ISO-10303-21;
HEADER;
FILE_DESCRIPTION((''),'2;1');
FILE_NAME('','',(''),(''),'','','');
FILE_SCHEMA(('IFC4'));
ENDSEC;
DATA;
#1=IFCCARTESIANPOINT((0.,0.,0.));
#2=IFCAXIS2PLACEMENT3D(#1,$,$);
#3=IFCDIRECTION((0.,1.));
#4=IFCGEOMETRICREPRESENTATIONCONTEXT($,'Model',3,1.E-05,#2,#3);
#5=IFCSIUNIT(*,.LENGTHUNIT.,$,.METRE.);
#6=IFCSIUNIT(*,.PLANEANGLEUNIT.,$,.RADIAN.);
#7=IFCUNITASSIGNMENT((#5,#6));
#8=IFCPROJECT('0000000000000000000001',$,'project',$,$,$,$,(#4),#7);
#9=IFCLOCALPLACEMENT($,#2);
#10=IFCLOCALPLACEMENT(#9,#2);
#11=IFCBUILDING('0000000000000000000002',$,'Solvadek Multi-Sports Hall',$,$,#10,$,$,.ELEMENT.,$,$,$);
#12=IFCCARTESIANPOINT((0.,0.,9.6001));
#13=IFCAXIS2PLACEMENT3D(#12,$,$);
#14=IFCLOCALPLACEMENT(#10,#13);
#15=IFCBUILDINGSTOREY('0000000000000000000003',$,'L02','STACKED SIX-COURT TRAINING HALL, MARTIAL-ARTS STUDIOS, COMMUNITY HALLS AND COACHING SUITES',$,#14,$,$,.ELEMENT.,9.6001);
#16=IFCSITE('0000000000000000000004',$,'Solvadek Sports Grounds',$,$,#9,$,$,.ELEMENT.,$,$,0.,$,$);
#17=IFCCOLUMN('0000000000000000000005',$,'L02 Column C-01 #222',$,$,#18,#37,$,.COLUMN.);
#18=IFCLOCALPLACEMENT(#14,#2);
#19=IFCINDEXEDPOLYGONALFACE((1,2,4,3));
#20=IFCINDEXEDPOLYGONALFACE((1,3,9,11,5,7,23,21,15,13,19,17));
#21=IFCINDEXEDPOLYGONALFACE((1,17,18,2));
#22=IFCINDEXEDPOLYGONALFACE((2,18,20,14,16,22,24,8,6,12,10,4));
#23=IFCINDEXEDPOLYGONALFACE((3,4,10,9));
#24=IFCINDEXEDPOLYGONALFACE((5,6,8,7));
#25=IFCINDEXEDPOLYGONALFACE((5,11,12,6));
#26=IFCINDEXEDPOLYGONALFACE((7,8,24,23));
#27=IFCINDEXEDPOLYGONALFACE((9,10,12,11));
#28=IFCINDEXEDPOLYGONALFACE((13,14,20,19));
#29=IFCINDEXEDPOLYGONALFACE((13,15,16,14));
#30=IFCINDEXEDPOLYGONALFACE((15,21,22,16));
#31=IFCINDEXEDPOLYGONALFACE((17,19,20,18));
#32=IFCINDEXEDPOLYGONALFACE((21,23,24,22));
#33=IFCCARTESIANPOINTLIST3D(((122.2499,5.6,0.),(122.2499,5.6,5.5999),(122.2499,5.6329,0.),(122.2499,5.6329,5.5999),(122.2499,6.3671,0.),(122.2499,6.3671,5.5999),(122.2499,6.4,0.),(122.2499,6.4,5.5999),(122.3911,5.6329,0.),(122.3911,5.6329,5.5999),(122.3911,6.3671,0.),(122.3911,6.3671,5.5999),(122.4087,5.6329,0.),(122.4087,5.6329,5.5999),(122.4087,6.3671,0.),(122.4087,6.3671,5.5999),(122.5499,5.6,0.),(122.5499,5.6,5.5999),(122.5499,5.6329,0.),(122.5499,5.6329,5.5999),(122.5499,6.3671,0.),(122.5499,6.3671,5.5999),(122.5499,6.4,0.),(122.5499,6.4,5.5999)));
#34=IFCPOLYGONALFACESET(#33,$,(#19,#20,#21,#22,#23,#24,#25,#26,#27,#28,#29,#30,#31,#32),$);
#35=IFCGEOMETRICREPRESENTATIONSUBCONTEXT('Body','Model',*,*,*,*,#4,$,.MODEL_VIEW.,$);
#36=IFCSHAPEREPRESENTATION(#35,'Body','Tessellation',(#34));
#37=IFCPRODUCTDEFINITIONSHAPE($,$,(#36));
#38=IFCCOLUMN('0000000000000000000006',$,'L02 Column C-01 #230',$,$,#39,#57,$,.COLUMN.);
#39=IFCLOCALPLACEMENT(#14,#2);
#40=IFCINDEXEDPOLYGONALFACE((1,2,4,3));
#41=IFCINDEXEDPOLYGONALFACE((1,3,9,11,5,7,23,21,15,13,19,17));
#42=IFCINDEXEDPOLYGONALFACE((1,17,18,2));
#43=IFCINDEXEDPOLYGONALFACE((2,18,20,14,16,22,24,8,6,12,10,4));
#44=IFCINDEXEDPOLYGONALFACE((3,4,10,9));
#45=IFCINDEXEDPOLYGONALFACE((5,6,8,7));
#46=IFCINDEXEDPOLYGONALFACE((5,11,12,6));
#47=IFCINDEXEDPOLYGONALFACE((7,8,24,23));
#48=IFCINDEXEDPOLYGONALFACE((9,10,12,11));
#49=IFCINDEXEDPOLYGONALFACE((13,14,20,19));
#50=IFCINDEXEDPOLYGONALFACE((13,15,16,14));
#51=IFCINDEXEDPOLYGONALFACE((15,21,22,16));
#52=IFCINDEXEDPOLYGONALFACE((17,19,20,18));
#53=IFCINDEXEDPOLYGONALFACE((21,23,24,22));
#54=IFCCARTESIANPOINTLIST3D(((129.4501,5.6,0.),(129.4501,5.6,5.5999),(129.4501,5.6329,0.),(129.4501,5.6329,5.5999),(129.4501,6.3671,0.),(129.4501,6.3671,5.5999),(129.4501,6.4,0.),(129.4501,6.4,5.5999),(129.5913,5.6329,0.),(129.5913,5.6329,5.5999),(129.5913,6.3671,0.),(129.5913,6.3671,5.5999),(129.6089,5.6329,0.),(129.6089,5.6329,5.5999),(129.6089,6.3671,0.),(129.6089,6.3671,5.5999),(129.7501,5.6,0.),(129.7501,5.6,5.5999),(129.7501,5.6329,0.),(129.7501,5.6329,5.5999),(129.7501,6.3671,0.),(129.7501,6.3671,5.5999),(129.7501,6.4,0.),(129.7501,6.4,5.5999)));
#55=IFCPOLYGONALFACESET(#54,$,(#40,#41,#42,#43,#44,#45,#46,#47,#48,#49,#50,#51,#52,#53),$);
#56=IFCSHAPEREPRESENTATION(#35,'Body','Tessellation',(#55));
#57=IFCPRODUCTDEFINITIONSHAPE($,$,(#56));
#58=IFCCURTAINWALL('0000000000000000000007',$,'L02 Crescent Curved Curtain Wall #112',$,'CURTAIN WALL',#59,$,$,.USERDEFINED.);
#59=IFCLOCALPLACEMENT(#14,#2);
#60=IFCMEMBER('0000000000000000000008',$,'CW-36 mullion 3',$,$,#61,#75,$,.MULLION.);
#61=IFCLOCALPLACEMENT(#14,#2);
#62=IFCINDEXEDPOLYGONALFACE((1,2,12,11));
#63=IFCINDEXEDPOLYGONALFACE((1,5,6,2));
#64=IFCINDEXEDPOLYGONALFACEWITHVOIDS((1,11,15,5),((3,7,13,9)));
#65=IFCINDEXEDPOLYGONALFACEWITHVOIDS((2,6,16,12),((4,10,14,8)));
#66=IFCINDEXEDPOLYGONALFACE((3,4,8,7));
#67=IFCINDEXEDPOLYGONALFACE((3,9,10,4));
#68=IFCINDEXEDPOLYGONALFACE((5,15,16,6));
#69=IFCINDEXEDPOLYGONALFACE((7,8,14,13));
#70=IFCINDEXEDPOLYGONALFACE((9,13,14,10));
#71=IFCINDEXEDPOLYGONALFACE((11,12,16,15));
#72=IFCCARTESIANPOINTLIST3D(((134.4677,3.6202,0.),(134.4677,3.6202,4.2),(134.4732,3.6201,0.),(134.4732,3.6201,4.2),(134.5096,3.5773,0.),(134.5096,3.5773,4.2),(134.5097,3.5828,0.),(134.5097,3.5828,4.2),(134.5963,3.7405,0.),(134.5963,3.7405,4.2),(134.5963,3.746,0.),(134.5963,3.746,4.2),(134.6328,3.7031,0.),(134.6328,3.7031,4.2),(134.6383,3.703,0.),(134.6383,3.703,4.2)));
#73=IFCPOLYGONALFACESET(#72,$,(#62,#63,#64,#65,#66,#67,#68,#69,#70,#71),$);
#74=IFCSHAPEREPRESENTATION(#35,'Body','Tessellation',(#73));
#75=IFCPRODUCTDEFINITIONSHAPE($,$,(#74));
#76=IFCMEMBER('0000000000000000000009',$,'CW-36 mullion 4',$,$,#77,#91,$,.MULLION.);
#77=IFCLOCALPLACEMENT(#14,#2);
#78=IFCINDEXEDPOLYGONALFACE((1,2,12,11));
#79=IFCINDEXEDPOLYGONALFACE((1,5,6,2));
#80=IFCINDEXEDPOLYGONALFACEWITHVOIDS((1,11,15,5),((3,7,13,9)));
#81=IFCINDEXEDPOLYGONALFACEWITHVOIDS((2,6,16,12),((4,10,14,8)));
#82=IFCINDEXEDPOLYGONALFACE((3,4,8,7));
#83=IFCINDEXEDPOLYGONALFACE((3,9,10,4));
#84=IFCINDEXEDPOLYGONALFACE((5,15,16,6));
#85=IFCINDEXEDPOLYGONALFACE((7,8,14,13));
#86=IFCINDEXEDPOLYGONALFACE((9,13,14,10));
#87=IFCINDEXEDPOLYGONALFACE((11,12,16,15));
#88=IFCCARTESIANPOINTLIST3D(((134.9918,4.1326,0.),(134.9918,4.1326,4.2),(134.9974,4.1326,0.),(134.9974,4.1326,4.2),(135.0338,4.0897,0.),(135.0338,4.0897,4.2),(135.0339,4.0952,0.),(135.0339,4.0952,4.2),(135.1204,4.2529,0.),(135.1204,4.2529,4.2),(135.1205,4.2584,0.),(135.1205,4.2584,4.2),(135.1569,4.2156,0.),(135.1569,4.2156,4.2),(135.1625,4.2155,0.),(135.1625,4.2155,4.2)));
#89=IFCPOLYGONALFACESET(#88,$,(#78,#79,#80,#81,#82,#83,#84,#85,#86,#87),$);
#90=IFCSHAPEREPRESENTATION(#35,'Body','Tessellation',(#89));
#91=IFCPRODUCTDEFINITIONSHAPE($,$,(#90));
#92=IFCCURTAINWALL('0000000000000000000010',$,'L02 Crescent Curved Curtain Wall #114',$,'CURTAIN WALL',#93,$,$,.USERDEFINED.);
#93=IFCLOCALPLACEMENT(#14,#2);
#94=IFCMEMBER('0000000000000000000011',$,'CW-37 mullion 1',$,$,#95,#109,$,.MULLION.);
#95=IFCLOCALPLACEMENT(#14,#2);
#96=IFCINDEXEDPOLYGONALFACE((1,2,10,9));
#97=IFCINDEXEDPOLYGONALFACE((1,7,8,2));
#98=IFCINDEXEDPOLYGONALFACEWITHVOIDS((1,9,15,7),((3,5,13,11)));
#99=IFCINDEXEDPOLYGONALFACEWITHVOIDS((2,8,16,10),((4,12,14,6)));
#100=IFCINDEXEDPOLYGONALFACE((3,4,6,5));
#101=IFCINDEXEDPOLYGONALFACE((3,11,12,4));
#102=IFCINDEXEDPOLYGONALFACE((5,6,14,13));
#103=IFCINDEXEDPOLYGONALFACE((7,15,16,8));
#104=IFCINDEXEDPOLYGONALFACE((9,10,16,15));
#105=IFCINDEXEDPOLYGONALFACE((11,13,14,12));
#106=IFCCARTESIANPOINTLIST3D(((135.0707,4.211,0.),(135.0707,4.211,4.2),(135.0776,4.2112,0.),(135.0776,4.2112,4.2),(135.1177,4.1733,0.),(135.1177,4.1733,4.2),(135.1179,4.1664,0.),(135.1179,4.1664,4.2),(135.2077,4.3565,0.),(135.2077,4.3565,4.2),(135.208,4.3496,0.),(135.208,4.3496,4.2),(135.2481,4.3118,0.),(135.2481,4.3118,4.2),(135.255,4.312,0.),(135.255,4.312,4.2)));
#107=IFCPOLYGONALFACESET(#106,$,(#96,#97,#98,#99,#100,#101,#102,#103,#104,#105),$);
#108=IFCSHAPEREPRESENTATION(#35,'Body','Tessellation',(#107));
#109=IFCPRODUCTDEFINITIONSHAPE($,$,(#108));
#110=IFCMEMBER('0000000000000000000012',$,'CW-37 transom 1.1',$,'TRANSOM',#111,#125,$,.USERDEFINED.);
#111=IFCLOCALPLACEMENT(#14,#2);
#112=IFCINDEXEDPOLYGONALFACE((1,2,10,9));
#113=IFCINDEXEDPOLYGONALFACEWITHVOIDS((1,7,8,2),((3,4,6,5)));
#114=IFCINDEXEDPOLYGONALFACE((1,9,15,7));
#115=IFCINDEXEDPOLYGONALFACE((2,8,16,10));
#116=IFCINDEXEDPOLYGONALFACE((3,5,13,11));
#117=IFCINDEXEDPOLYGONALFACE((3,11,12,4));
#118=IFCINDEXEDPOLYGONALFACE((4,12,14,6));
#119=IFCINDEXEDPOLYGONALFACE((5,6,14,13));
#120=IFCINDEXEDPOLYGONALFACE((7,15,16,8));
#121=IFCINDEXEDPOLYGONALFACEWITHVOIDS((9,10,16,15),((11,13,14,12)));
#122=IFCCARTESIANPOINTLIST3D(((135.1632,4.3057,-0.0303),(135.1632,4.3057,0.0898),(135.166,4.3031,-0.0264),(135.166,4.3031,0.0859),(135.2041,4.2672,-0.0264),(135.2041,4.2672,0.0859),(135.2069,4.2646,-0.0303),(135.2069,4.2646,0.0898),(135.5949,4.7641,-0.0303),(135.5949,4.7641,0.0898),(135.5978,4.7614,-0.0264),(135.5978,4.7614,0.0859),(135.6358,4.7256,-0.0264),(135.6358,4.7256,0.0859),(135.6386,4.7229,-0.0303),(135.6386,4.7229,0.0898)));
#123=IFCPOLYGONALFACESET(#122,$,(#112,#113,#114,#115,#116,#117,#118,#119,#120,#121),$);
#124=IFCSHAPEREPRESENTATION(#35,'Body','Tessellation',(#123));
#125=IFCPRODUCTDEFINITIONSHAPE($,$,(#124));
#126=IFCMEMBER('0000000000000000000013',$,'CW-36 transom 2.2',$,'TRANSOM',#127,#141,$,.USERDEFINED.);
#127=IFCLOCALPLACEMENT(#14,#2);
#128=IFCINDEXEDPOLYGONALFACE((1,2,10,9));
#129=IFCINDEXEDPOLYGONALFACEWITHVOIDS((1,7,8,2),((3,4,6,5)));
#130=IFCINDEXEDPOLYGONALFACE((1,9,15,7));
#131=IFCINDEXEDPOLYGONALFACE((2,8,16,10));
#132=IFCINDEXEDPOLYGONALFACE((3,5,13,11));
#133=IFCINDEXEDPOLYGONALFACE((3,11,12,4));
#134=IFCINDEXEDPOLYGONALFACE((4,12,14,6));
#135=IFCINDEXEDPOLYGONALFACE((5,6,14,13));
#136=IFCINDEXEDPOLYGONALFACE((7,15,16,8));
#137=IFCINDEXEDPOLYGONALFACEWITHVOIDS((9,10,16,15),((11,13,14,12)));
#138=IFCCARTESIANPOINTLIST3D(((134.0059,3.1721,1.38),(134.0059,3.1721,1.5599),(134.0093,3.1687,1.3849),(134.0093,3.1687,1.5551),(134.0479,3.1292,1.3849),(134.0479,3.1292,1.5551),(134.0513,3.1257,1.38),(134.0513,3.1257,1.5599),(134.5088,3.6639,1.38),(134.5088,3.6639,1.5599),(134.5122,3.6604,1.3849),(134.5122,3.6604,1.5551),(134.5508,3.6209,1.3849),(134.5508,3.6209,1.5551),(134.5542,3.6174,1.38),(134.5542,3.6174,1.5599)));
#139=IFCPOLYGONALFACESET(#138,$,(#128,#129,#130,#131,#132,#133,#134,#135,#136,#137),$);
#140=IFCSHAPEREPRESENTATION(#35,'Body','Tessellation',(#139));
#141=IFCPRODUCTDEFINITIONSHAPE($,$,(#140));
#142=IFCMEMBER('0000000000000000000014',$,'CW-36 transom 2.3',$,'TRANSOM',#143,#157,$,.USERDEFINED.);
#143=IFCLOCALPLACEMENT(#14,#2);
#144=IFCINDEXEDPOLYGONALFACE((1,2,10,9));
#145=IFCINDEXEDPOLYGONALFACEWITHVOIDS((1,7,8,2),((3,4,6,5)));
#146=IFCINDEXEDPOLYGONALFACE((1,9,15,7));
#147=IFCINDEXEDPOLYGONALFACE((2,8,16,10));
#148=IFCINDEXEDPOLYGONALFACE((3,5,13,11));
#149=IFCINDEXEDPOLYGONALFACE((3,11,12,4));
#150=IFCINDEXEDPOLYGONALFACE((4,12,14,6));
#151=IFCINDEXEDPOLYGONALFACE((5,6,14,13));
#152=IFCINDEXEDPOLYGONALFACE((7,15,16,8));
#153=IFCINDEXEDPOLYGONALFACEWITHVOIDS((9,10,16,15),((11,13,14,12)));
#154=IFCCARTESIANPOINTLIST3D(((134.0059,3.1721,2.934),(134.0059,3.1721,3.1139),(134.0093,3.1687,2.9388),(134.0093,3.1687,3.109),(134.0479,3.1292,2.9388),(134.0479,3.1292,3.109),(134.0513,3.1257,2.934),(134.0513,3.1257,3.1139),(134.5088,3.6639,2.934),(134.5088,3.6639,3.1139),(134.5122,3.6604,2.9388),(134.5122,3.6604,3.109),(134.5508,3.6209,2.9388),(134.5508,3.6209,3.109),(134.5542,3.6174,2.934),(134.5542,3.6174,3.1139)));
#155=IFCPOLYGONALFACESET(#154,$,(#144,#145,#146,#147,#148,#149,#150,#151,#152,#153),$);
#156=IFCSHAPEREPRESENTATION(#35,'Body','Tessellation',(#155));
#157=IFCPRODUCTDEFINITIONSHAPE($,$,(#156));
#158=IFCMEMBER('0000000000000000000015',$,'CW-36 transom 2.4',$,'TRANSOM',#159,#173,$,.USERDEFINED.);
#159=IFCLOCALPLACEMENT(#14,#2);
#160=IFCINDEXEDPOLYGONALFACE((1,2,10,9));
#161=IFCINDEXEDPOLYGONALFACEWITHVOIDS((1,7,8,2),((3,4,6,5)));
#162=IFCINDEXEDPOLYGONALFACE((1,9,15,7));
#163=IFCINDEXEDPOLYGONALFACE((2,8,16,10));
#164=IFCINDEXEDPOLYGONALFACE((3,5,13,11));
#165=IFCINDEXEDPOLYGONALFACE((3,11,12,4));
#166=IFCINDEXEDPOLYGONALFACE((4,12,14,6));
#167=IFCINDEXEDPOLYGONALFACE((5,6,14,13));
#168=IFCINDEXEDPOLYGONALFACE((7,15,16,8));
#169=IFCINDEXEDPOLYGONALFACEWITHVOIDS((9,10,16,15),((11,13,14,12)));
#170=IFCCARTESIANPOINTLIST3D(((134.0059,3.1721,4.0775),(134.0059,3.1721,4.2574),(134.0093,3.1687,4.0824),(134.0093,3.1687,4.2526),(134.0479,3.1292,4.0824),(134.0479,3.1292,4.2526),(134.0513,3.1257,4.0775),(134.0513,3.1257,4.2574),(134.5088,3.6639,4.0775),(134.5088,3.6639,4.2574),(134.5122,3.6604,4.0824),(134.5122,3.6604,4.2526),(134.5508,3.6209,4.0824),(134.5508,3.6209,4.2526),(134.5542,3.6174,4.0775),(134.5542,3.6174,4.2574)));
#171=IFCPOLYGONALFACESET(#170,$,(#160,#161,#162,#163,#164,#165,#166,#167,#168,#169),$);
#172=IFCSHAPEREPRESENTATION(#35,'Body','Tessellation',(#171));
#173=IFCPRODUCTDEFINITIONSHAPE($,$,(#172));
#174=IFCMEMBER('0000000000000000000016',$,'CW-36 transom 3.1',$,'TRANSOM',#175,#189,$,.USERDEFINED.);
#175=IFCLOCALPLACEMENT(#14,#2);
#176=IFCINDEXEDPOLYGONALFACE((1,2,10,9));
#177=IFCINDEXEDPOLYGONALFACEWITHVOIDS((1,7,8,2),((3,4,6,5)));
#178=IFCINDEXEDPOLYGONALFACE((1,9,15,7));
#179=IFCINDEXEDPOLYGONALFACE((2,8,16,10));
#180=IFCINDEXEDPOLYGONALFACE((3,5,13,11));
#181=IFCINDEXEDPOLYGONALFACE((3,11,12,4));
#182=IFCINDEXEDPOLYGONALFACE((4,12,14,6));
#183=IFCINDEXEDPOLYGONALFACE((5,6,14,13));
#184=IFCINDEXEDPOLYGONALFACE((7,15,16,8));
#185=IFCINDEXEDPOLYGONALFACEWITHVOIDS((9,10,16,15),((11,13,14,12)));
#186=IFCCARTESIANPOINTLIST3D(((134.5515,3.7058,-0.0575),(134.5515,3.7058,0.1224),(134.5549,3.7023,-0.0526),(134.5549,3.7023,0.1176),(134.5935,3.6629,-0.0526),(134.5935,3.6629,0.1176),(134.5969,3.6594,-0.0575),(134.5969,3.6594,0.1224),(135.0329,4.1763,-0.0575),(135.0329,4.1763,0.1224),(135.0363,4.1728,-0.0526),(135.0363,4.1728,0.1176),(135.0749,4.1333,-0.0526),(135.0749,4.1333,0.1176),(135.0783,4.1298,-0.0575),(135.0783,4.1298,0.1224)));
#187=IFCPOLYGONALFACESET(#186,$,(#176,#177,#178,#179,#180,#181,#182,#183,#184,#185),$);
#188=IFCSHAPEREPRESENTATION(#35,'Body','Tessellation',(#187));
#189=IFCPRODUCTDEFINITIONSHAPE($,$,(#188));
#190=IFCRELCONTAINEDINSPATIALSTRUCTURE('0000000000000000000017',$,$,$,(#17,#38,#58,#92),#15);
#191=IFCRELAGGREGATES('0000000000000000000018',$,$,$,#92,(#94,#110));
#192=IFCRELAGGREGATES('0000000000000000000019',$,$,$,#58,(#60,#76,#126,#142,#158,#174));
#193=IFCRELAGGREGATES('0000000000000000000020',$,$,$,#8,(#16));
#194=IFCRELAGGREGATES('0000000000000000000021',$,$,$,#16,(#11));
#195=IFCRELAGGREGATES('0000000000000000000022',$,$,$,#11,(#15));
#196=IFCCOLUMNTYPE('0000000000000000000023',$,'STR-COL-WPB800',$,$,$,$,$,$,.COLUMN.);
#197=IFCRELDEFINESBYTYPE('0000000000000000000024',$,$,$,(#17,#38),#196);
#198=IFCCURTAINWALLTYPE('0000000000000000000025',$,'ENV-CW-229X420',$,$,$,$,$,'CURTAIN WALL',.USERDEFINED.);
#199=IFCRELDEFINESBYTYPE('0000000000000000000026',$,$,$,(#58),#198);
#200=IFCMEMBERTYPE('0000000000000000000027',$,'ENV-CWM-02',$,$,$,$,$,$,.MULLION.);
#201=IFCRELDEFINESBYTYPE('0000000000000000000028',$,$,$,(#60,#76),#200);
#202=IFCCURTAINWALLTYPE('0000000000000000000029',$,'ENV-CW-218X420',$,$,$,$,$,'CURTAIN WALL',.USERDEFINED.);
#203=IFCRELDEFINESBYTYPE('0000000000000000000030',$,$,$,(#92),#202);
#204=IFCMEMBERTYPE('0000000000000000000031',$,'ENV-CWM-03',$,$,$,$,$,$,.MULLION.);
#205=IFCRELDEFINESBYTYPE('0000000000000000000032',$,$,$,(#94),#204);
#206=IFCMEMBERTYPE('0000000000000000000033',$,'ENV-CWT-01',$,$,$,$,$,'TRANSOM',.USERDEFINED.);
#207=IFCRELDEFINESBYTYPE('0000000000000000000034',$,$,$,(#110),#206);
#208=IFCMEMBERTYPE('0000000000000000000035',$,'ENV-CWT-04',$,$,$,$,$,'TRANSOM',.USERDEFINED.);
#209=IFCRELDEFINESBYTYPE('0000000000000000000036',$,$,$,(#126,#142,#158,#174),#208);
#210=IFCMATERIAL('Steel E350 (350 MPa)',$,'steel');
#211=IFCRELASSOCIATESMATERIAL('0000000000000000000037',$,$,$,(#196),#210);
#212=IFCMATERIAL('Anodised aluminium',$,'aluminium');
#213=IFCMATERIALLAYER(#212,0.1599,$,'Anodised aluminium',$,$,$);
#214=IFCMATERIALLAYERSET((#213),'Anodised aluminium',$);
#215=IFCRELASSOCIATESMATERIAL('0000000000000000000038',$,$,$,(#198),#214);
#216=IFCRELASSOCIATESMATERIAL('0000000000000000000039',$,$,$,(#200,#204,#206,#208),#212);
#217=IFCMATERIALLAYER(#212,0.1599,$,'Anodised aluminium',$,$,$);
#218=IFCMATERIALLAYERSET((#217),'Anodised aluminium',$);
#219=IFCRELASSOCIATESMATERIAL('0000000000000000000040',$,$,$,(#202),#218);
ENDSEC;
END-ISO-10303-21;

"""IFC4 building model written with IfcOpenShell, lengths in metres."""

from ifc_helpers import new_model, si_unit, direction, frame, origin, origin_2d, place, context, subcontext, project, spatial, hollow_rectangle, i_section, extrude, material, layer, layer_set, material_profile, profile_set, type_object, element, aggregate, save


model = new_model("IFC4")

# Units and contexts
model_context = context("Model", 3, precision=1e-05, world=origin(), true_north=direction((0.0, 1.0)))
body_context = subcontext(model_context, "Body", "Model", "MODEL_VIEW")
ifc_project = project(units=[si_unit("LENGTHUNIT", "METRE"), si_unit("PLANEANGLEUNIT", "RADIAN")], contexts=[model_context])

# Site, building, storey
site_placement = place(None, origin())
site = spatial("IfcSite", under=ifc_project, at=site_placement, Name="Solvadek Sports Grounds", CompositionType="ELEMENT", RefElevation=0.0)
building_placement = place(site_placement, origin())
building = spatial("IfcBuilding", under=site, at=building_placement, Name="Solvadek Multi-Sports Hall", CompositionType="ELEMENT")
storey_placement = place(building_placement, frame((0.0, 0.0, 9.6001)))
storey = spatial("IfcBuildingStorey", under=building, at=storey_placement, Name="L02", Description="STACKED SIX-COURT TRAINING HALL, MARTIAL-ARTS STUDIOS, COMMUNITY HALLS AND COACHING SUITES", CompositionType="ELEMENT", Elevation=9.6001)

# Columns
ifc_material_1 = material(Name="Steel E350 (350 MPa)", Category="steel")
ifc_material_profile_1 = material_profile(ifc_material_1, i_section(OverallWidth=0.3, OverallDepth=0.8, WebThickness=0.0176, FlangeThickness=0.033, at=origin_2d()), Name="WPB 800")
ifc_profile_set_1 = profile_set([ifc_material_profile_1], Name="Steel E350 (350 MPa)")
column_type = type_object("IfcColumnType", Name="STR-COL-WPB800", PredefinedType="COLUMN", material=ifc_profile_set_1)
for number, where, z_axis, x_axis, name in (
    (1, (122.3999, 6.0, 0.0), (0.0, 0.0, 1.0), (1.0, 0.0, 0.0), "L02 Column C-01 #222"),
    (2, (129.6001, 6.0, 0.0), (0.0, 0.0, 1.0), (1.0, 0.0, 0.0), "L02 Column C-01 #230"),
):
    element("IfcColumn", number, at=place(storey_placement, frame(where, z_axis=z_axis, x_axis=x_axis)), inside=storey, type_object=column_type, Name=name, PredefinedType="COLUMN", context=body_context, shape_type="SweptSolid", body=[
        extrude(i_section(OverallWidth=0.3, OverallDepth=0.8, WebThickness=0.0176, FlangeThickness=0.033, at=origin_2d()), origin(), (0.0, 0.0, 1.0), 5.5999),
    ])

# Curtain walls, members
ifc_material_2 = material(Name="Anodised aluminium", Category="aluminium")
ifc_layer_1 = layer(ifc_material_2, 0.1599, Name="Anodised aluminium")
ifc_layer_set_1 = layer_set([ifc_layer_1], Name="Anodised aluminium")
curtain_wall_type_1 = type_object("IfcCurtainWallType", Name="ENV-CW-229X420", ElementType="CURTAIN WALL", PredefinedType="USERDEFINED", material=ifc_layer_set_1)
curtain_wall_1_placement = place(storey_placement, origin())
curtain_wall_1 = element("IfcCurtainWall", 3, at=curtain_wall_1_placement, inside=storey, type_object=curtain_wall_type_1, Name="L02 Crescent Curved Curtain Wall #112", ObjectType="CURTAIN WALL", PredefinedType="USERDEFINED")
ifc_material_profile_2 = material_profile(ifc_material_2, hollow_rectangle(XDim=0.0601, YDim=0.1799, WallThickness=0.0039, at=origin_2d()), Name="ALU-M 180x60x4")
ifc_profile_set_2 = profile_set([ifc_material_profile_2], Name="Anodised aluminium")
member_type_1 = type_object("IfcMemberType", Name="ENV-CWM-02", PredefinedType="MULLION", material=ifc_profile_set_2)
member_1_placement = place(storey_placement, frame((134.553, 3.6616, 0.0), z_axis=(0.0, 0.0, 1.0), x_axis=(-0.699091, 0.715032, 0.0)))
member_1 = element("IfcMember", 4, at=member_1_placement, type_object=member_type_1, Name="CW-36 mullion 3", PredefinedType="MULLION", context=body_context, shape_type="SweptSolid", body=[
    extrude(hollow_rectangle(XDim=0.0601, YDim=0.1799, WallThickness=0.0039, at=origin_2d()), origin(), (0.0, 0.0, 1.0), 4.2),
])
member_2_placement = place(storey_placement, frame((135.0771, 4.1741, 0.0), z_axis=(0.0, 0.0, 1.0), x_axis=(-0.699091, 0.715032, 0.0)))
member_2 = element("IfcMember", 5, at=member_2_placement, type_object=member_type_1, Name="CW-36 mullion 4", PredefinedType="MULLION", context=body_context, shape_type="SweptSolid", body=[
    extrude(hollow_rectangle(XDim=0.0601, YDim=0.1799, WallThickness=0.0039, at=origin_2d()), origin(), (0.0, 0.0, 1.0), 4.2),
])
ifc_layer_2 = layer(ifc_material_2, 0.1599, Name="Anodised aluminium")
ifc_layer_set_2 = layer_set([ifc_layer_2], Name="Anodised aluminium")
curtain_wall_type_2 = type_object("IfcCurtainWallType", Name="ENV-CW-218X420", ElementType="CURTAIN WALL", PredefinedType="USERDEFINED", material=ifc_layer_set_2)
curtain_wall_2_placement = place(storey_placement, origin())
curtain_wall_2 = element("IfcCurtainWall", 6, at=curtain_wall_2_placement, inside=storey, type_object=curtain_wall_type_2, Name="L02 Crescent Curved Curtain Wall #114", ObjectType="CURTAIN WALL", PredefinedType="USERDEFINED")
ifc_material_profile_3 = material_profile(ifc_material_2, hollow_rectangle(XDim=0.0649, YDim=0.2, WallThickness=0.0049, at=origin_2d()), Name="ALU-M 200x65x5")
ifc_profile_set_3 = profile_set([ifc_material_profile_3], Name="Anodised aluminium")
member_type_2 = type_object("IfcMemberType", Name="ENV-CWM-03", PredefinedType="MULLION", material=ifc_profile_set_3)
member_3_placement = place(storey_placement, frame((135.1628, 4.2615, 0.0), z_axis=(0.0, 0.0, 1.0), x_axis=(-0.727999, 0.685578, 0.0)))
member_3 = element("IfcMember", 7, at=member_3_placement, type_object=member_type_2, Name="CW-37 mullion 1", PredefinedType="MULLION", context=body_context, shape_type="SweptSolid", body=[
    extrude(hollow_rectangle(XDim=0.0649, YDim=0.2, WallThickness=0.0049, at=origin_2d()), origin(), (0.0, 0.0, 1.0), 4.2),
])
ifc_material_profile_4 = material_profile(ifc_material_2, hollow_rectangle(XDim=0.0601, YDim=0.1201, WallThickness=0.0039, at=origin_2d()), Name="ALU-T 120x60x4")
ifc_profile_set_4 = profile_set([ifc_material_profile_4], Name="Anodised aluminium")
member_type_3 = type_object("IfcMemberType", Name="ENV-CWT-01", ElementType="TRANSOM", PredefinedType="USERDEFINED", material=ifc_profile_set_4)
member_4_placement = place(storey_placement, frame((135.1851, 4.2852, 0.0298), z_axis=(0.685655, 0.727927, 0.0), x_axis=(-0.727927, 0.685655, 0.0)))
member_4 = element("IfcMember", 8, at=member_4_placement, type_object=member_type_3, Name="CW-37 transom 1.1", ObjectType="TRANSOM", PredefinedType="USERDEFINED", context=body_context, shape_type="SweptSolid", body=[
    extrude(hollow_rectangle(XDim=0.0601, YDim=0.1201, WallThickness=0.0039, at=origin_2d()), origin(), (0.0, 0.0, 1.0), 0.6296),
])
aggregate(curtain_wall_2, [member_3, member_4])

# Members
ifc_material_profile_5 = material_profile(ifc_material_2, hollow_rectangle(XDim=0.0649, YDim=0.1799, WallThickness=0.0049, at=origin_2d()), Name="ALU-T 180x65x5")
ifc_profile_set_5 = profile_set([ifc_material_profile_5], Name="Anodised aluminium")
member_type_4 = type_object("IfcMemberType", Name="ENV-CWT-04", ElementType="TRANSOM", PredefinedType="USERDEFINED", material=ifc_profile_set_5)
member_5_placement = place(storey_placement, frame((134.0286, 3.1489, 1.47), z_axis=(0.715045, 0.699078, 0.0), x_axis=(-0.699078, 0.715045, 0.0)))
member_5 = element("IfcMember", 9, at=member_5_placement, type_object=member_type_4, Name="CW-36 transom 2.2", ObjectType="TRANSOM", PredefinedType="USERDEFINED", context=body_context, shape_type="SweptSolid", body=[
    extrude(hollow_rectangle(XDim=0.0649, YDim=0.1799, WallThickness=0.0049, at=origin_2d()), origin(), (0.0, 0.0, 1.0), 0.7034),
])
member_6_placement = place(storey_placement, frame((134.0286, 3.1489, 3.0239), z_axis=(0.715045, 0.699078, 0.0), x_axis=(-0.699078, 0.715045, 0.0)))
member_6 = element("IfcMember", 10, at=member_6_placement, type_object=member_type_4, Name="CW-36 transom 2.3", ObjectType="TRANSOM", PredefinedType="USERDEFINED", context=body_context, shape_type="SweptSolid", body=[
    extrude(hollow_rectangle(XDim=0.0649, YDim=0.1799, WallThickness=0.0049, at=origin_2d()), origin(), (0.0, 0.0, 1.0), 0.7034),
])
member_7_placement = place(storey_placement, frame((134.0286, 3.1489, 4.1675), z_axis=(0.715045, 0.699078, 0.0), x_axis=(-0.699078, 0.715045, 0.0)))
member_7 = element("IfcMember", 11, at=member_7_placement, type_object=member_type_4, Name="CW-36 transom 2.4", ObjectType="TRANSOM", PredefinedType="USERDEFINED", context=body_context, shape_type="SweptSolid", body=[
    extrude(hollow_rectangle(XDim=0.0649, YDim=0.1799, WallThickness=0.0049, at=origin_2d()), origin(), (0.0, 0.0, 1.0), 0.7034),
])
member_8_placement = place(storey_placement, frame((134.5742, 3.6826, 0.0325), z_axis=(0.71522, 0.698899, 0.0), x_axis=(-0.698899, 0.71522, 0.0)))
member_8 = element("IfcMember", 12, at=member_8_placement, type_object=member_type_4, Name="CW-36 transom 3.1", ObjectType="TRANSOM", PredefinedType="USERDEFINED", context=body_context, shape_type="SweptSolid", body=[
    extrude(hollow_rectangle(XDim=0.0649, YDim=0.1799, WallThickness=0.0049, at=origin_2d()), origin(), (0.0, 0.0, 1.0), 0.6731),
])

aggregate(curtain_wall_1, [member_1, member_2, member_5, member_6, member_7, member_8])

save(model, "model.ifc")
